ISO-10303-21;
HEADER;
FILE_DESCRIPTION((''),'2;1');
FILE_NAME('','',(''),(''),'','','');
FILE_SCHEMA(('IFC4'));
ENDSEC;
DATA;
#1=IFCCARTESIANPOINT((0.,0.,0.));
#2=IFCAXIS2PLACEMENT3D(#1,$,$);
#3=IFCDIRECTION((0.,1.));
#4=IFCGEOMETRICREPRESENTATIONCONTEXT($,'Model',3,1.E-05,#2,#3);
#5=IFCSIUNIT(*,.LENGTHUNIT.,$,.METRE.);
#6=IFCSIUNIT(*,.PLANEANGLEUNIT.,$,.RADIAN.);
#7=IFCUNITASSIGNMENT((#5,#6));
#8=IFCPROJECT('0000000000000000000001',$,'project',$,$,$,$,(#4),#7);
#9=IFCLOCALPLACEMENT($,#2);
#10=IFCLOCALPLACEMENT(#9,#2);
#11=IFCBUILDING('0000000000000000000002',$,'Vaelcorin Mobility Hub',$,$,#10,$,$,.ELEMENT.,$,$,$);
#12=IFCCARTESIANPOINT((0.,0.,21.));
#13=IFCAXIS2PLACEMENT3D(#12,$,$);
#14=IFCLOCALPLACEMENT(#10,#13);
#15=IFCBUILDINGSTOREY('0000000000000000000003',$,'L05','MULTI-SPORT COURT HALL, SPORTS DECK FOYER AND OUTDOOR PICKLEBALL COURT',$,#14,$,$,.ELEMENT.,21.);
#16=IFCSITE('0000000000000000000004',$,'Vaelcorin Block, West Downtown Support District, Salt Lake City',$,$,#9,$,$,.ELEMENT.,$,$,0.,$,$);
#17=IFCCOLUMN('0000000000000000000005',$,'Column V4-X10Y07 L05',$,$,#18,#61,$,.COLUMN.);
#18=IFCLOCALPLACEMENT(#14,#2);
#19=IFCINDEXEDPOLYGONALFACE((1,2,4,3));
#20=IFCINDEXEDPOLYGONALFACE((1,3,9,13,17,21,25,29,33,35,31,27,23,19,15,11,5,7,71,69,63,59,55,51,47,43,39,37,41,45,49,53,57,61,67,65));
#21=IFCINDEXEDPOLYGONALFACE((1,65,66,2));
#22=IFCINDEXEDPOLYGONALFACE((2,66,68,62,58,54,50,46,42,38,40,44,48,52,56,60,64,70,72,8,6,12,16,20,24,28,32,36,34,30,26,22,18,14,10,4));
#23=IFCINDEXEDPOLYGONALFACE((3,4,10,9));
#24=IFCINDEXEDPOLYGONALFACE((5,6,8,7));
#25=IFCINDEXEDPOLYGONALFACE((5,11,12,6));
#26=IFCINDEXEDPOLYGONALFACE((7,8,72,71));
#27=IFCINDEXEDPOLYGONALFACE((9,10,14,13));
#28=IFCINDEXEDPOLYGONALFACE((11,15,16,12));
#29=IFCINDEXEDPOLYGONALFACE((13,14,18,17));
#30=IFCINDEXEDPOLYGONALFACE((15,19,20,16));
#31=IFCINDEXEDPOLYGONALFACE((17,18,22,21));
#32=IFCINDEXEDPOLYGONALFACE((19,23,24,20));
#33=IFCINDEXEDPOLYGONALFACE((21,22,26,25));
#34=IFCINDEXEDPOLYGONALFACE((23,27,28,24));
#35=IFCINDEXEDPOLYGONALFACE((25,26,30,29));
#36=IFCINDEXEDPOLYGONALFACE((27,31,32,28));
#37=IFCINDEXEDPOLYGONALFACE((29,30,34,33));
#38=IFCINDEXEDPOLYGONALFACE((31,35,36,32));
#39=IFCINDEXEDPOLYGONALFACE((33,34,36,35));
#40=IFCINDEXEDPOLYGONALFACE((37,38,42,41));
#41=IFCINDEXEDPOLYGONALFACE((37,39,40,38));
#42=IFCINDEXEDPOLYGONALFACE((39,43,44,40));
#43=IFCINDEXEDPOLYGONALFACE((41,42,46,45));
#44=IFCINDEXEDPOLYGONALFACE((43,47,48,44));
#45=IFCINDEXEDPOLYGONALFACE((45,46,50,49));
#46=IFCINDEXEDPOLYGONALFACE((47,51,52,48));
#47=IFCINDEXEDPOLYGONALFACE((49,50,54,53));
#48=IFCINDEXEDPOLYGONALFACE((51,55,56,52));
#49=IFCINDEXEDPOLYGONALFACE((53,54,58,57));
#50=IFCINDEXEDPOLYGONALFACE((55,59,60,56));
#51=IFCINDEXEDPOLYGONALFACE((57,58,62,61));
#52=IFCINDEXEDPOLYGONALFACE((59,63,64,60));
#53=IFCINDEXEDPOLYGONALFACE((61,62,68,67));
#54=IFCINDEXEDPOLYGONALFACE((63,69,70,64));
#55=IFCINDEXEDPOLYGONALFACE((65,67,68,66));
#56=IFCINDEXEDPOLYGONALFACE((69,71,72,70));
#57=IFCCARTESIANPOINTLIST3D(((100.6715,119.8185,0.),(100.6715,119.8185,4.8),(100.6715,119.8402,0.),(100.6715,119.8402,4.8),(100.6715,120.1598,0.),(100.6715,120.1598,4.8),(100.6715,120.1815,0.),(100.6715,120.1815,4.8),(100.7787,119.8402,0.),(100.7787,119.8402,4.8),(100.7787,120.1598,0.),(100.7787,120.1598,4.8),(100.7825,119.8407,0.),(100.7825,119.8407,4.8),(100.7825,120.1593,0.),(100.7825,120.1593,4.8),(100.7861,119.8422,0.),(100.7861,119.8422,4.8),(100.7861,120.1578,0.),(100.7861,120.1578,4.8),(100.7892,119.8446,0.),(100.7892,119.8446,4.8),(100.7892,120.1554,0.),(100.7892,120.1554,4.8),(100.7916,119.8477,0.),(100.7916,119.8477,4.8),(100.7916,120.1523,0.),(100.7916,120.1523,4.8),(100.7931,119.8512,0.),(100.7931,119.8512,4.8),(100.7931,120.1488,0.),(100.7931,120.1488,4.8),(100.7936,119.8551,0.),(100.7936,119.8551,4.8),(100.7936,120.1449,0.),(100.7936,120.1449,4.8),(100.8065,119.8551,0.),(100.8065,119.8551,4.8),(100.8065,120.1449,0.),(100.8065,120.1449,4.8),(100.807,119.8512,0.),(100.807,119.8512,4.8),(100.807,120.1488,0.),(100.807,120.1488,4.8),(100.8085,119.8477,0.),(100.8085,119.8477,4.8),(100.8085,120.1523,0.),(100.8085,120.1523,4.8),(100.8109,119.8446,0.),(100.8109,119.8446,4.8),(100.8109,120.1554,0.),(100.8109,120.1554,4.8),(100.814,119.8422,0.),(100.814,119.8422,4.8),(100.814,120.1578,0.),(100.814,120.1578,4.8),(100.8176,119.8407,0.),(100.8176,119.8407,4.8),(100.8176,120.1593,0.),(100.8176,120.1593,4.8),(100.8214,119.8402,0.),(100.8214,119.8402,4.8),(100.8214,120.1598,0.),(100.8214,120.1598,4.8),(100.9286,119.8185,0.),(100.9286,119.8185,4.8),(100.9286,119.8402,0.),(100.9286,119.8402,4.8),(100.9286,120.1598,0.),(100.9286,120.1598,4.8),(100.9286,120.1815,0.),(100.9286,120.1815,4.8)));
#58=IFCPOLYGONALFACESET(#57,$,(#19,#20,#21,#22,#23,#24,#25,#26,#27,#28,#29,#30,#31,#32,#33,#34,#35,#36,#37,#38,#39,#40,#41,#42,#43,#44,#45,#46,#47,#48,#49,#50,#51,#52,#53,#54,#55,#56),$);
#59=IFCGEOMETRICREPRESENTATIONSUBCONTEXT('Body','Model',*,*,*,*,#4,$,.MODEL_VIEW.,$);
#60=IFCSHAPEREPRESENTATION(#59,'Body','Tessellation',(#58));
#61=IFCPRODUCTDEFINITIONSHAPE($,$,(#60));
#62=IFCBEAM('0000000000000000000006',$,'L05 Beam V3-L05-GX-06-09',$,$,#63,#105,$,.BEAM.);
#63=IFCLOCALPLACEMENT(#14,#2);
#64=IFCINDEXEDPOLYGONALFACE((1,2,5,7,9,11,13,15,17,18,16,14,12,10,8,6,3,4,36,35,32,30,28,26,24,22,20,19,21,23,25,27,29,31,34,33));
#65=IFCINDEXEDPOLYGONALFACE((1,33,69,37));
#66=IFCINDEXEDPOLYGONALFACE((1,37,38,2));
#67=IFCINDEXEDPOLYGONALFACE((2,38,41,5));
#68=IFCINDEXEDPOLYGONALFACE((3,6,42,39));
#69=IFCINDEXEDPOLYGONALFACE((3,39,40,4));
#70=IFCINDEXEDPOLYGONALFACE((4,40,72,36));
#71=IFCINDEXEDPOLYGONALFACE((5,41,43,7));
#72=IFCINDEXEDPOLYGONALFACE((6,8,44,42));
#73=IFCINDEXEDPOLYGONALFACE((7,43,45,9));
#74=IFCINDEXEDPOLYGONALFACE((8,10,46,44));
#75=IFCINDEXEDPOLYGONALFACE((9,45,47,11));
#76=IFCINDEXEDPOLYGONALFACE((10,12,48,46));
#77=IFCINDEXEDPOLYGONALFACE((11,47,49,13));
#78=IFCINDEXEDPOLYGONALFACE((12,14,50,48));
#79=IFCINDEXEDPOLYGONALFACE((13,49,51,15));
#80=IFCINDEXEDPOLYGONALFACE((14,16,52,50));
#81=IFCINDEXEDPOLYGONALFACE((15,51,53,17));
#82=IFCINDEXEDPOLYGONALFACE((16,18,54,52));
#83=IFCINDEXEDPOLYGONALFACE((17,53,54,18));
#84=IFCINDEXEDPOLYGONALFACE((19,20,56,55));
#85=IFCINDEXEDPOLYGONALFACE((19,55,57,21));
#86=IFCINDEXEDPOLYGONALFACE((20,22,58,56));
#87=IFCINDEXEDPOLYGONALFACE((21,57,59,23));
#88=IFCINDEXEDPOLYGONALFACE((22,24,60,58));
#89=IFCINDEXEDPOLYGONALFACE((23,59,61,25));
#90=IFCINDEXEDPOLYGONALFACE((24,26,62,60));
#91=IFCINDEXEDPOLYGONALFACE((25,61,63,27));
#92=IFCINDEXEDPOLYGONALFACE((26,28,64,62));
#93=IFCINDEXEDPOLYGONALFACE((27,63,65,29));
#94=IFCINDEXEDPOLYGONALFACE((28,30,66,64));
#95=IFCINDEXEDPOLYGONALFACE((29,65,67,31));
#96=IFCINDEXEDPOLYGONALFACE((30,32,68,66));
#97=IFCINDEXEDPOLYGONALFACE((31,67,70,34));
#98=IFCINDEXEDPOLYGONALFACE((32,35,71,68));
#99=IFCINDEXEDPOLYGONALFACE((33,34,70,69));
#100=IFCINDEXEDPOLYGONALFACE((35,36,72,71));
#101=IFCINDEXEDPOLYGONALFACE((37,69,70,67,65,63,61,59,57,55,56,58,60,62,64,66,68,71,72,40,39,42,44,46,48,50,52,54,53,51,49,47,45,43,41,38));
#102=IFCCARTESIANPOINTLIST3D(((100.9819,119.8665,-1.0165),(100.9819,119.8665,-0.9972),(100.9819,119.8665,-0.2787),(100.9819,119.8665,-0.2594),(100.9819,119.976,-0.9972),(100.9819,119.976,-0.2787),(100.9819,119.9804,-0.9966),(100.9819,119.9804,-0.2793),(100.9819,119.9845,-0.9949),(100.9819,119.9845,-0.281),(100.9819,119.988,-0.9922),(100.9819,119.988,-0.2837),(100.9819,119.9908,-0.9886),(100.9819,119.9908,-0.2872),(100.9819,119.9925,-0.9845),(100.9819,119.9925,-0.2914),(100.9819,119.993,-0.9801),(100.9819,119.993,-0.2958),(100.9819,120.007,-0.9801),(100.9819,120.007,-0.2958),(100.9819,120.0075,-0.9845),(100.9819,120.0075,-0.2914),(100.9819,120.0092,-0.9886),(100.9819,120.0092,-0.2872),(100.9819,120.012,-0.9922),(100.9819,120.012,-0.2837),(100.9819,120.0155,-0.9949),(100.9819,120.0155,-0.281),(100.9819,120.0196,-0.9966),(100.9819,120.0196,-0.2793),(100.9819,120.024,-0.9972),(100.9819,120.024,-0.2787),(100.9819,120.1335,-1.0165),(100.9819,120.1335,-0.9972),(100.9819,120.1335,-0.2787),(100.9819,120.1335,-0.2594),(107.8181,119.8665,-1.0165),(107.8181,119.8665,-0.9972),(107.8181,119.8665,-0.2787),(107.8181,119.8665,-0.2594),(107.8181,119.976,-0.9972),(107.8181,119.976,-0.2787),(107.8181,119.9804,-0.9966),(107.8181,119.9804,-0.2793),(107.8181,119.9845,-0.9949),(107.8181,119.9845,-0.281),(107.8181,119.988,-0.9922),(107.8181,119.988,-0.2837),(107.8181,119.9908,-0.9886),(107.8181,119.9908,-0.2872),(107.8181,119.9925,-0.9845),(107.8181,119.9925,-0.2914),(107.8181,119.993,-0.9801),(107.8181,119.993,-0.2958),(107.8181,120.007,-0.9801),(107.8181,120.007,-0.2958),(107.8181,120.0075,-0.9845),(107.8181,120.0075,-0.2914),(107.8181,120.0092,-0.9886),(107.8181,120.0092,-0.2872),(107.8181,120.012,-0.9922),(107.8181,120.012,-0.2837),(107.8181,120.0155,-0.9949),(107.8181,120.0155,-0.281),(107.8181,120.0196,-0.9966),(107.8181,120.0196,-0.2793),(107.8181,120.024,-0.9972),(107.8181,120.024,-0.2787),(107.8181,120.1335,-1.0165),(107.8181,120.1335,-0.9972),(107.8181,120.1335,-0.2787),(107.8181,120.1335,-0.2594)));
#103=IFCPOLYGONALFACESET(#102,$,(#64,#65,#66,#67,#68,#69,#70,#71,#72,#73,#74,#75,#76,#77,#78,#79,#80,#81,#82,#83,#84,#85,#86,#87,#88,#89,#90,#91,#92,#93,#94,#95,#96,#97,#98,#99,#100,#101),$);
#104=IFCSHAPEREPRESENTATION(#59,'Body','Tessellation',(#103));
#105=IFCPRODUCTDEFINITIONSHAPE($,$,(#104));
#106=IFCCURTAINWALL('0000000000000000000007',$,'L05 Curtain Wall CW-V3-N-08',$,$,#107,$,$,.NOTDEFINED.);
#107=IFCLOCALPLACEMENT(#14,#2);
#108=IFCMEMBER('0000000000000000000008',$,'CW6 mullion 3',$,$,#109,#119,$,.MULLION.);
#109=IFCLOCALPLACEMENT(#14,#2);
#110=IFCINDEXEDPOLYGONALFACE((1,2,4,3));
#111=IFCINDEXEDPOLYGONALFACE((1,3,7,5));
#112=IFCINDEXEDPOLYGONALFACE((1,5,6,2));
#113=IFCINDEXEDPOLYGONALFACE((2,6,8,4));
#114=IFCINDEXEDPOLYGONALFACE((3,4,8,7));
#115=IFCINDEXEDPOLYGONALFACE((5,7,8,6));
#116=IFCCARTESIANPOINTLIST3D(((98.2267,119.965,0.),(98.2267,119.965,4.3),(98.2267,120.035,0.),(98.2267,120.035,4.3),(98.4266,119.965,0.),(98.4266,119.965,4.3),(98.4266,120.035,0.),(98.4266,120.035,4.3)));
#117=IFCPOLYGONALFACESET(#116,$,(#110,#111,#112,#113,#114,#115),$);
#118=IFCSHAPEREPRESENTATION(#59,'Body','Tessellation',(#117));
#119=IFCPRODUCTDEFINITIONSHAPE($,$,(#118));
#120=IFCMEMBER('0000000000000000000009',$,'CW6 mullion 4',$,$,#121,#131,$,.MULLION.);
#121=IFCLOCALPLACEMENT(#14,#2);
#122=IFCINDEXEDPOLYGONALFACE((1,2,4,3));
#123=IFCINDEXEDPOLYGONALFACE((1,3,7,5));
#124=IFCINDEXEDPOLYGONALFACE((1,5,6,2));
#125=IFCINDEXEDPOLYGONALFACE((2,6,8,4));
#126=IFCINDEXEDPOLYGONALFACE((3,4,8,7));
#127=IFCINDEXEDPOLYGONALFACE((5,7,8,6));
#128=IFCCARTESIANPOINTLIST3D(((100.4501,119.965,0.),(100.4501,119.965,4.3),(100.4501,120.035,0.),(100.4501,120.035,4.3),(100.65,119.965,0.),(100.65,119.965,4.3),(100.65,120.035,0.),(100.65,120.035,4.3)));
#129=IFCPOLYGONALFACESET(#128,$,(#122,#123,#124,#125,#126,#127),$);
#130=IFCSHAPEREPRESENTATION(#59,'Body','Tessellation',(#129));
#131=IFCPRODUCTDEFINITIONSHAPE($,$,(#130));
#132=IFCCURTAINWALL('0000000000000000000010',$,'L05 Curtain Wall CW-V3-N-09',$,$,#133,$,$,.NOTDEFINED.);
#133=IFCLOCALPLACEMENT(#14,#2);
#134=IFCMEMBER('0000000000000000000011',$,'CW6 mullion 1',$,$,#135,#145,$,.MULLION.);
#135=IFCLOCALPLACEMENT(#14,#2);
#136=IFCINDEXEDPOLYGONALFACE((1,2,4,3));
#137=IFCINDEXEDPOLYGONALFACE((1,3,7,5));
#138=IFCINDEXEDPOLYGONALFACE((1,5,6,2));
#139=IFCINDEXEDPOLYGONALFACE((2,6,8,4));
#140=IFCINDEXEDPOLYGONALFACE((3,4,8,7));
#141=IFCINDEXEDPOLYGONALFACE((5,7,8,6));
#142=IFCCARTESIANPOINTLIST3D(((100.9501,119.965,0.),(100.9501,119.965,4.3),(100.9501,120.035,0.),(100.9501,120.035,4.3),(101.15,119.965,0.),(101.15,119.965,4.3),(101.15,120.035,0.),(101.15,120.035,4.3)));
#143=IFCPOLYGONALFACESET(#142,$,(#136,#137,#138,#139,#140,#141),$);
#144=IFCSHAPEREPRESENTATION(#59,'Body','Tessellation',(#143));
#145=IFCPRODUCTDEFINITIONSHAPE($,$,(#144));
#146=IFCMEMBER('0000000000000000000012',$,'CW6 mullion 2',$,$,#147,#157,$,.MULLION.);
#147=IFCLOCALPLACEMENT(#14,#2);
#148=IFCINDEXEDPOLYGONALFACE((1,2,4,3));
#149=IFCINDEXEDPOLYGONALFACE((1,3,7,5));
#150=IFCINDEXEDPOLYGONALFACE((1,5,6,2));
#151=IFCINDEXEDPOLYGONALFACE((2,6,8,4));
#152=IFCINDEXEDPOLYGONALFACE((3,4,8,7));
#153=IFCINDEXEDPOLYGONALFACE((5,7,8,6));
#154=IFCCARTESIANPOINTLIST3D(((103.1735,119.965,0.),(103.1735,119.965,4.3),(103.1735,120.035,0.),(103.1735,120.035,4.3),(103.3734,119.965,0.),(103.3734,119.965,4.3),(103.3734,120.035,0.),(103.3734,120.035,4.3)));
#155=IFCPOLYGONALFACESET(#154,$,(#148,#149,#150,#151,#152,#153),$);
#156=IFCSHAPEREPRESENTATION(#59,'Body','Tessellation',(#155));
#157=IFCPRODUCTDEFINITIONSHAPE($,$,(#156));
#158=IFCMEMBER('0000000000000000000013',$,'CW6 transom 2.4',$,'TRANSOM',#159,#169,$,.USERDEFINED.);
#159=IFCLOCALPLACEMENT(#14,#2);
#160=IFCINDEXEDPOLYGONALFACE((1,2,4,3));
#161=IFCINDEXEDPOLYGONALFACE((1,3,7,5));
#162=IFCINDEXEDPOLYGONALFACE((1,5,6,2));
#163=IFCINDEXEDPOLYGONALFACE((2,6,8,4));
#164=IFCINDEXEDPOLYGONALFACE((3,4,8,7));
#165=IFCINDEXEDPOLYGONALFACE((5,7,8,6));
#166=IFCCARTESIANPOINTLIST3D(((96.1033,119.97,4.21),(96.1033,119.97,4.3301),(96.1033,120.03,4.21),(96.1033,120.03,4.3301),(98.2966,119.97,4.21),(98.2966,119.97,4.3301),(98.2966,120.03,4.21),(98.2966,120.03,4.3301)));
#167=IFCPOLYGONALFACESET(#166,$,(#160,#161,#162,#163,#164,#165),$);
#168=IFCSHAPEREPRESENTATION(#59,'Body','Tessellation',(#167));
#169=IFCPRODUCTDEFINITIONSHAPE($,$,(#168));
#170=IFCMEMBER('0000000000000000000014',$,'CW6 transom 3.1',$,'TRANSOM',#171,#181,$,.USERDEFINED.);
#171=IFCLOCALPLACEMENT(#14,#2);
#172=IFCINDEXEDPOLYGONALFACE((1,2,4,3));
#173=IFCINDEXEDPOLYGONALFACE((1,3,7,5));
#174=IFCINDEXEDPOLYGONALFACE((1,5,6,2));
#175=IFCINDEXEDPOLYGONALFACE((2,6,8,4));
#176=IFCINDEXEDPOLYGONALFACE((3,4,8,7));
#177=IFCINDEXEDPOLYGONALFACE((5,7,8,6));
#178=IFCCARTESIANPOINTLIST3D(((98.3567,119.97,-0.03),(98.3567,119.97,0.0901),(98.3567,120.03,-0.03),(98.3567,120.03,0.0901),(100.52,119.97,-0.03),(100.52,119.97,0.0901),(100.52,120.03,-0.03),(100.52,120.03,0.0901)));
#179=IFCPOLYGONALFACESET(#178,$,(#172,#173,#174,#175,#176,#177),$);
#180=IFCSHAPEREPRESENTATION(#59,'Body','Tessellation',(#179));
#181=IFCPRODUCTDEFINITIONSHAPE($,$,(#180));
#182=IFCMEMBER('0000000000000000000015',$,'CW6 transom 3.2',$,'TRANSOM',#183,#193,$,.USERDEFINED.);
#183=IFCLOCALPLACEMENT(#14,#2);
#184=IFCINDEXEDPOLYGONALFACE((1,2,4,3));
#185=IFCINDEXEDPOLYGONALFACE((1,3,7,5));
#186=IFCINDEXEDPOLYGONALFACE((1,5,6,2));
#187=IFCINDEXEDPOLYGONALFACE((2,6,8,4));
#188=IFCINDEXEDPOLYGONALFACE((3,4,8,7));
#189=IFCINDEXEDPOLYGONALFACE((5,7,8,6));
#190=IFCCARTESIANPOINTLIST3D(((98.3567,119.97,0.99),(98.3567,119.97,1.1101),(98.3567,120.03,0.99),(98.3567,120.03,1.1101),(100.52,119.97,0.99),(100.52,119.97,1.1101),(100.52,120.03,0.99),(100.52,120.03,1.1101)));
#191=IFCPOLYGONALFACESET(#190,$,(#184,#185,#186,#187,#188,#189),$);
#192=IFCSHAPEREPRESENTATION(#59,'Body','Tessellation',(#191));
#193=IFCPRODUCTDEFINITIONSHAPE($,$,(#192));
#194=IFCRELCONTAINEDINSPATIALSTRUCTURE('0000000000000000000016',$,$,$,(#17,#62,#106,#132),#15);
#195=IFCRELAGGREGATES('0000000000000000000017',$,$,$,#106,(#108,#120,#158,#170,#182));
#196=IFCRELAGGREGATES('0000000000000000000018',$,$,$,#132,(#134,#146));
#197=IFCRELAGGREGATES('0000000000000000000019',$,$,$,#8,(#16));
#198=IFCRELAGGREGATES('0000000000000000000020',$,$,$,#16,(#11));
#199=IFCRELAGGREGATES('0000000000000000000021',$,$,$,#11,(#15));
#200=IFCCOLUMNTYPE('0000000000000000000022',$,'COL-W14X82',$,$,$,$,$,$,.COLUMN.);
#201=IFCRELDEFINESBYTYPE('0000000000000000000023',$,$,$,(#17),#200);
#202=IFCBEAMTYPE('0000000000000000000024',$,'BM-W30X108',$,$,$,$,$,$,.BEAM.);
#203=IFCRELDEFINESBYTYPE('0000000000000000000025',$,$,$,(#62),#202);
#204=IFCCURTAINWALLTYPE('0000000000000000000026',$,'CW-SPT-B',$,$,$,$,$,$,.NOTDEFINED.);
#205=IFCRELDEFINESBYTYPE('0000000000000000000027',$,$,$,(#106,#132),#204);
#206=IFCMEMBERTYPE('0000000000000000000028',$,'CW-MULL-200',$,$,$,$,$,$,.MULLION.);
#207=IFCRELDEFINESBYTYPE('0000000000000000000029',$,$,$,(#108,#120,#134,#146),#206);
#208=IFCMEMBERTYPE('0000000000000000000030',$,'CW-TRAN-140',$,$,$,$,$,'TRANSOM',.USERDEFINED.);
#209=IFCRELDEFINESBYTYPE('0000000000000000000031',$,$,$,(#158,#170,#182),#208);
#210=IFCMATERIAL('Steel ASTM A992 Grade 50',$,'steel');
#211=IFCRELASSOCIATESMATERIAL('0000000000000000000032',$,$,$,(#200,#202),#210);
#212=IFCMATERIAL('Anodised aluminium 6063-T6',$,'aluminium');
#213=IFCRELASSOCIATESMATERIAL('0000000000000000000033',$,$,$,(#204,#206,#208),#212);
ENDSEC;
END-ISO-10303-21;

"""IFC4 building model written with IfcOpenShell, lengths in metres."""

from ifc_helpers import new_model, si_unit, direction, frame, origin, origin_2d, place, context, subcontext, project, spatial, rectangle, i_section, extrude, material, material_profile, profile_set, type_object, element, aggregate, save


model = new_model("IFC4")

# Units and contexts
model_context = context("Model", 3, precision=1e-05, world=origin(), true_north=direction((0.0, 1.0)))
body_context = subcontext(model_context, "Body", "Model", "MODEL_VIEW")
ifc_project = project(units=[si_unit("LENGTHUNIT", "METRE"), si_unit("PLANEANGLEUNIT", "RADIAN")], contexts=[model_context])

# Site, building, storey
site_placement = place(None, origin())
site = spatial("IfcSite", under=ifc_project, at=site_placement, Name="Vaelcorin Block, West Downtown Support District, Salt Lake City", CompositionType="ELEMENT", RefElevation=0.0)
building_placement = place(site_placement, origin())
building = spatial("IfcBuilding", under=site, at=building_placement, Name="Vaelcorin Mobility Hub", CompositionType="ELEMENT")
storey_placement = place(building_placement, frame((0.0, 0.0, 21.0)))
storey = spatial("IfcBuildingStorey", under=building, at=storey_placement, Name="L05", Description="MULTI-SPORT COURT HALL, SPORTS DECK FOYER AND OUTDOOR PICKLEBALL COURT", CompositionType="ELEMENT", Elevation=21.0)

# Column
ifc_material_1 = material(Name="Steel ASTM A992 Grade 50", Category="steel")
ifc_material_profile_1 = material_profile(ifc_material_1, i_section(OverallWidth=0.2571, OverallDepth=0.363, WebThickness=0.0129, FlangeThickness=0.0217, FilletRadius=0.0149, at=origin_2d()), Name="W14X82")
ifc_profile_set_1 = profile_set([ifc_material_profile_1], Name="Steel ASTM A992 Grade 50")
column_type = type_object("IfcColumnType", Name="COL-W14X82", PredefinedType="COLUMN", material=ifc_profile_set_1)
column_placement = place(storey_placement, frame((100.8, 120.0, 0.0), z_axis=(0.0, 0.0, 1.0), x_axis=(1.0, 0.0, 0.0)))
element("IfcColumn", 1, at=column_placement, inside=storey, type_object=column_type, Name="Column V4-X10Y07 L05", PredefinedType="COLUMN", context=body_context, shape_type="SweptSolid", body=[
    extrude(i_section(OverallWidth=0.2571, OverallDepth=0.363, WebThickness=0.0129, FlangeThickness=0.0217, FilletRadius=0.0149, at=origin_2d()), origin(), (0.0, 0.0, 1.0), 4.8),
])

# Beam
ifc_material_profile_2 = material_profile(ifc_material_1, i_section(OverallWidth=0.2671, OverallDepth=0.7571, WebThickness=0.0139, FlangeThickness=0.0193, FilletRadius=0.0171, at=origin_2d()), Name="W30X108")
ifc_profile_set_2 = profile_set([ifc_material_profile_2], Name="Steel ASTM A992 Grade 50")
beam_type = type_object("IfcBeamType", Name="BM-W30X108", PredefinedType="BEAM", material=ifc_profile_set_2)
beam_placement = place(storey_placement, frame((100.9819, 120.0, -0.6379), z_axis=(1.0, 0.0, 0.0), x_axis=(0.0, 1.0, 0.0)))
element("IfcBeam", 2, at=beam_placement, inside=storey, type_object=beam_type, Name="L05 Beam V3-L05-GX-06-09", PredefinedType="BEAM", context=body_context, shape_type="SweptSolid", body=[
    extrude(i_section(OverallWidth=0.2671, OverallDepth=0.7571, WebThickness=0.0139, FlangeThickness=0.0193, FilletRadius=0.0171, at=origin_2d()), origin(), (0.0, 0.0, 1.0), 6.8362),
])

# Curtain walls, members
ifc_material_2 = material(Name="Anodised aluminium 6063-T6", Category="aluminium")
curtain_wall_type = type_object("IfcCurtainWallType", Name="CW-SPT-B", PredefinedType="NOTDEFINED", material=ifc_material_2)
curtain_wall_1_placement = place(storey_placement, origin())
curtain_wall_1 = element("IfcCurtainWall", 3, at=curtain_wall_1_placement, inside=storey, type_object=curtain_wall_type, Name="L05 Curtain Wall CW-V3-N-08", PredefinedType="NOTDEFINED")
ifc_material_profile_3 = material_profile(ifc_material_2, rectangle(XDim=0.0701, YDim=0.2, at=origin_2d()), Name="ALU-M70X200")
ifc_profile_set_3 = profile_set([ifc_material_profile_3], Name="Anodised aluminium 6063-T6")
member_type_1 = type_object("IfcMemberType", Name="CW-MULL-200", PredefinedType="MULLION", material=ifc_profile_set_3)
member_1_placement = place(storey_placement, frame((98.3267, 120.0, 0.0), z_axis=(0.0, 0.0, 1.0), x_axis=(0.0, 1.0, 0.0)))
member_1 = element("IfcMember", 4, at=member_1_placement, type_object=member_type_1, Name="CW6 mullion 3", PredefinedType="MULLION", context=body_context, shape_type="SweptSolid", body=[
    extrude(rectangle(XDim=0.0701, YDim=0.2, at=origin_2d()), origin(), (0.0, 0.0, 1.0), 4.3),
])
member_2_placement = place(storey_placement, frame((100.55, 120.0, 0.0), z_axis=(0.0, 0.0, 1.0), x_axis=(0.0, 1.0, 0.0)))
member_2 = element("IfcMember", 5, at=member_2_placement, type_object=member_type_1, Name="CW6 mullion 4", PredefinedType="MULLION", context=body_context, shape_type="SweptSolid", body=[
    extrude(rectangle(XDim=0.0701, YDim=0.2, at=origin_2d()), origin(), (0.0, 0.0, 1.0), 4.3),
])
curtain_wall_2_placement = place(storey_placement, origin())
curtain_wall_2 = element("IfcCurtainWall", 6, at=curtain_wall_2_placement, inside=storey, type_object=curtain_wall_type, Name="L05 Curtain Wall CW-V3-N-09", PredefinedType="NOTDEFINED")
member_3_placement = place(storey_placement, frame((101.05, 120.0, 0.0), z_axis=(0.0, 0.0, 1.0), x_axis=(0.0, 1.0, 0.0)))
member_3 = element("IfcMember", 7, at=member_3_placement, type_object=member_type_1, Name="CW6 mullion 1", PredefinedType="MULLION", context=body_context, shape_type="SweptSolid", body=[
    extrude(rectangle(XDim=0.0701, YDim=0.2, at=origin_2d()), origin(), (0.0, 0.0, 1.0), 4.3),
])
member_4_placement = place(storey_placement, frame((103.2734, 120.0, 0.0), z_axis=(0.0, 0.0, 1.0), x_axis=(0.0, 1.0, 0.0)))
member_4 = element("IfcMember", 8, at=member_4_placement, type_object=member_type_1, Name="CW6 mullion 2", PredefinedType="MULLION", context=body_context, shape_type="SweptSolid", body=[
    extrude(rectangle(XDim=0.0701, YDim=0.2, at=origin_2d()), origin(), (0.0, 0.0, 1.0), 4.3),
])

# Members
ifc_material_profile_4 = material_profile(ifc_material_2, rectangle(XDim=0.0601, YDim=0.1201, at=origin_2d()), Name="ALU-T60X120")
ifc_profile_set_4 = profile_set([ifc_material_profile_4], Name="Anodised aluminium 6063-T6")
member_type_2 = type_object("IfcMemberType", Name="CW-TRAN-140", ElementType="TRANSOM", PredefinedType="USERDEFINED", material=ifc_profile_set_4)
member_5_placement = place(storey_placement, frame((96.1033, 120.0, 4.27), z_axis=(1.0, 0.0, 0.0), x_axis=(0.0, 1.0, 0.0)))
member_5 = element("IfcMember", 9, at=member_5_placement, type_object=member_type_2, Name="CW6 transom 2.4", ObjectType="TRANSOM", PredefinedType="USERDEFINED", context=body_context, shape_type="SweptSolid", body=[
    extrude(rectangle(XDim=0.0601, YDim=0.1201, at=origin_2d()), origin(), (0.0, 0.0, 1.0), 2.1934),
])
member_6_placement = place(storey_placement, frame((98.3567, 120.0, 0.03), z_axis=(1.0, 0.0, 0.0), x_axis=(0.0, 1.0, 0.0)))
member_6 = element("IfcMember", 10, at=member_6_placement, type_object=member_type_2, Name="CW6 transom 3.1", ObjectType="TRANSOM", PredefinedType="USERDEFINED", context=body_context, shape_type="SweptSolid", body=[
    extrude(rectangle(XDim=0.0601, YDim=0.1201, at=origin_2d()), origin(), (0.0, 0.0, 1.0), 2.1633),
])
member_7_placement = place(storey_placement, frame((98.3567, 120.0, 1.05), z_axis=(1.0, 0.0, 0.0), x_axis=(0.0, 1.0, 0.0)))
member_7 = element("IfcMember", 11, at=member_7_placement, type_object=member_type_2, Name="CW6 transom 3.2", ObjectType="TRANSOM", PredefinedType="USERDEFINED", context=body_context, shape_type="SweptSolid", body=[
    extrude(rectangle(XDim=0.0601, YDim=0.1201, at=origin_2d()), origin(), (0.0, 0.0, 1.0), 2.1633),
])

aggregate(curtain_wall_1, [member_1, member_2, member_5, member_6, member_7])
aggregate(curtain_wall_2, [member_3, member_4])

save(model, "model.ifc")
